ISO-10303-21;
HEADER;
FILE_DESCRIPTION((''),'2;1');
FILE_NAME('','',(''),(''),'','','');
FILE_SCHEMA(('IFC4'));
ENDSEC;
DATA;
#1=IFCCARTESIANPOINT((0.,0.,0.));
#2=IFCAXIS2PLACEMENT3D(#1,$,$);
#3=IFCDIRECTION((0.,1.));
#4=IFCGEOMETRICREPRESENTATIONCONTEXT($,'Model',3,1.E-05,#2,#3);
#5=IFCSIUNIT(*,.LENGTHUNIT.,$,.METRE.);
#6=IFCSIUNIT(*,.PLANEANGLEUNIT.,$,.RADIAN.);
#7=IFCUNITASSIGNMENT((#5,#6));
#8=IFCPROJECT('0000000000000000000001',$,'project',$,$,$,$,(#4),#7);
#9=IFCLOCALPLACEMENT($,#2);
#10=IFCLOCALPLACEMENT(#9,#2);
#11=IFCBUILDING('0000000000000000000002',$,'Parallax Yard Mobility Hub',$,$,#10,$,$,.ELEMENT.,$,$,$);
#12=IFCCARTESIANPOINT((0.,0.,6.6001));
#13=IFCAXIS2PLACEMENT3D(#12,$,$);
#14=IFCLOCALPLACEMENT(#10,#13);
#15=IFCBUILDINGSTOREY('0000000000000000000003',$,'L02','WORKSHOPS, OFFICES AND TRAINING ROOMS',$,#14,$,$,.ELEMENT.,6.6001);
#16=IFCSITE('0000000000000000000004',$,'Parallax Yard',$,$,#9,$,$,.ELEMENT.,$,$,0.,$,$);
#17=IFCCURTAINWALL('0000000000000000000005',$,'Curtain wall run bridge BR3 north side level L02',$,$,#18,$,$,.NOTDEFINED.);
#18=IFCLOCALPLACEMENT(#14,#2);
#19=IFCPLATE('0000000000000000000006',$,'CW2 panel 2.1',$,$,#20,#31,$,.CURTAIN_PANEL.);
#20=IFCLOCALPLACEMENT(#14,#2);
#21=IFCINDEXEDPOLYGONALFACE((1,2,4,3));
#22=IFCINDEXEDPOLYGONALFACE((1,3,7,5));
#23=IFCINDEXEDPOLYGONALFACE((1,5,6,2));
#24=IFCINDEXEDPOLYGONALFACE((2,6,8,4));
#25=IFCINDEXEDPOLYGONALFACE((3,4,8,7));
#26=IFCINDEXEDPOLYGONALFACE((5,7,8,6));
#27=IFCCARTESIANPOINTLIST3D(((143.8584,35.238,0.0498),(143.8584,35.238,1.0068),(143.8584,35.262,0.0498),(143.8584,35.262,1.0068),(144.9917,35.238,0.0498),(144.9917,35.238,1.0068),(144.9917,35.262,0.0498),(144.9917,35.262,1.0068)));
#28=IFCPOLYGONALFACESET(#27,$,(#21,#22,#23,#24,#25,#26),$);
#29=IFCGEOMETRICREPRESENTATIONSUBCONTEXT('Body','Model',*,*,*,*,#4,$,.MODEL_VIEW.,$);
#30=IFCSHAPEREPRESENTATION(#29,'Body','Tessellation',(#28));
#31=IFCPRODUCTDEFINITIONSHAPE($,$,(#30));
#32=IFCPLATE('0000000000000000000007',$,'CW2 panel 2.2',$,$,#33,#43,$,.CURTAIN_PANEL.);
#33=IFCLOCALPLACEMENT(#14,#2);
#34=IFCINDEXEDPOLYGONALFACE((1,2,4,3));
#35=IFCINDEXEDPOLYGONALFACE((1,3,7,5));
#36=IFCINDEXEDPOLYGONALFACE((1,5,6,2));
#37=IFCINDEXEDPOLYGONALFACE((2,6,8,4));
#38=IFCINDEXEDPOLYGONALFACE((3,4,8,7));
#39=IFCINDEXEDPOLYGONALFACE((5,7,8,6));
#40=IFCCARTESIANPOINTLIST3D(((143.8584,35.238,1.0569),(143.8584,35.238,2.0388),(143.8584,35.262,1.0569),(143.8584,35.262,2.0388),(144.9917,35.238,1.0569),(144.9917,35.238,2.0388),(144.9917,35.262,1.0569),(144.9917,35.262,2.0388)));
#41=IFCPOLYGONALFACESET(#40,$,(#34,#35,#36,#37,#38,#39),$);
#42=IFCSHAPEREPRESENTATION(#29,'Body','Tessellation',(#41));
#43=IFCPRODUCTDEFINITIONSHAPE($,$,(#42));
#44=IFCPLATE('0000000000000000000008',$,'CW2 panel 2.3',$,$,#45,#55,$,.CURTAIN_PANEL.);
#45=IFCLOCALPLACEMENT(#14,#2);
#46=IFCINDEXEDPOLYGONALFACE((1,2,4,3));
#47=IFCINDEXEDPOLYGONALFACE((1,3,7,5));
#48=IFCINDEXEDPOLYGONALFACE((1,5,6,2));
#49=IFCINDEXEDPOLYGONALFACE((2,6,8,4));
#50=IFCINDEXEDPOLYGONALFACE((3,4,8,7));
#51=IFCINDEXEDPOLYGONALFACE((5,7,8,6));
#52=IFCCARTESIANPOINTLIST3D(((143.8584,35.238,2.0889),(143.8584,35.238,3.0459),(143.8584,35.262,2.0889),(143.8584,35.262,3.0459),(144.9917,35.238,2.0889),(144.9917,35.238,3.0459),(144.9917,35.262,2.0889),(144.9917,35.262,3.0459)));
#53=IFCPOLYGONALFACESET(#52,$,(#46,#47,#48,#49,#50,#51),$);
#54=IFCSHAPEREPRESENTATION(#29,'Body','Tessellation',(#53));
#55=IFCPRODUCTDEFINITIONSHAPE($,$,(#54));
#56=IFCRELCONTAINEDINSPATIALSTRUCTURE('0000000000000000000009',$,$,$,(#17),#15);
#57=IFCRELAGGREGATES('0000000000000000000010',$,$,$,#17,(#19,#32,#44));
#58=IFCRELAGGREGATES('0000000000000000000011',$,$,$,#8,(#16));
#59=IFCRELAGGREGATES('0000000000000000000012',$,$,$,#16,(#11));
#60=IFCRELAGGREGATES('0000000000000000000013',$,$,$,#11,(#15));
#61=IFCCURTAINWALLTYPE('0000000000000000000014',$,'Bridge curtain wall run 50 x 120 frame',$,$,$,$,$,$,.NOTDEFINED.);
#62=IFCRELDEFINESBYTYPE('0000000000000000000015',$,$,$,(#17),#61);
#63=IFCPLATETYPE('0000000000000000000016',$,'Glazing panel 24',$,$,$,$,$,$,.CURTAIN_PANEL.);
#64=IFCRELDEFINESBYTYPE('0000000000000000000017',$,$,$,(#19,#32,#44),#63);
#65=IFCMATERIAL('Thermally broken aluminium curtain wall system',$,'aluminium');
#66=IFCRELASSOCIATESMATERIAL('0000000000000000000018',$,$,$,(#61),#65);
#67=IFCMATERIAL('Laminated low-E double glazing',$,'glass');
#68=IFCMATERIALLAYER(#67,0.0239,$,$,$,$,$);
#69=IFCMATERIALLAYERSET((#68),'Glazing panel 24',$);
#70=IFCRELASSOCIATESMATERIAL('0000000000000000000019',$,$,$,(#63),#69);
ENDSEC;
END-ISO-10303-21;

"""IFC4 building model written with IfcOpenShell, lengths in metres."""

from ifc_helpers import new_model, si_unit, direction, frame, origin, origin_2d, place, context, subcontext, project, spatial, rectangle, extrude, material, layer, layer_set, type_object, element, aggregate, save


model = new_model("IFC4")

# Units and contexts
model_context = context("Model", 3, precision=1e-05, world=origin(), true_north=direction((0.0, 1.0)))
body_context = subcontext(model_context, "Body", "Model", "MODEL_VIEW")
ifc_project = project(units=[si_unit("LENGTHUNIT", "METRE"), si_unit("PLANEANGLEUNIT", "RADIAN")], contexts=[model_context])

# Site, building, storey
site_placement = place(None, origin())
site = spatial("IfcSite", under=ifc_project, at=site_placement, Name="Parallax Yard", CompositionType="ELEMENT", RefElevation=0.0)
building_placement = place(site_placement, origin())
building = spatial("IfcBuilding", under=site, at=building_placement, Name="Parallax Yard Mobility Hub", CompositionType="ELEMENT")
storey_placement = place(building_placement, frame((0.0, 0.0, 6.6001)))
storey = spatial("IfcBuildingStorey", under=building, at=storey_placement, Name="L02", Description="WORKSHOPS, OFFICES AND TRAINING ROOMS", CompositionType="ELEMENT", Elevation=6.6001)

# Shared definitions
ifc_material_1 = material(Name="Thermally broken aluminium curtain wall system", Category="aluminium")
curtain_wall_type = type_object("IfcCurtainWallType", Name="Bridge curtain wall run 50 x 120 frame", PredefinedType="NOTDEFINED", material=ifc_material_1)

# Curtain wall
curtain_wall_1_placement = place(storey_placement, origin())
curtain_wall_1 = element("IfcCurtainWall", 1, at=curtain_wall_1_placement, inside=storey, type_object=curtain_wall_type, Name="Curtain wall run bridge BR3 north side level L02", PredefinedType="NOTDEFINED")

# Plates
ifc_material_2 = material(Name="Laminated low-E double glazing", Category="glass")
ifc_layer = layer(ifc_material_2, 0.0239)
ifc_layer_set = layer_set([ifc_layer], Name="Glazing panel 24")
plate_type = type_object("IfcPlateType", Name="Glazing panel 24", PredefinedType="CURTAIN_PANEL", material=ifc_layer_set)
plate_1_placement = place(storey_placement, frame((144.425, 35.25, 0.0498), z_axis=(0.0, 0.0, 1.0), x_axis=(1.0, 0.0, 0.0)))
plate_1 = element("IfcPlate", 2, at=plate_1_placement, type_object=plate_type, Name="CW2 panel 2.1", PredefinedType="CURTAIN_PANEL", context=body_context, shape_type="SweptSolid", body=[
    extrude(rectangle(XDim=1.1333, YDim=0.0239, at=origin_2d()), origin(), (0.0, 0.0, 1.0), 0.957),
])
plate_2_placement = place(storey_placement, frame((144.425, 35.25, 1.0569), z_axis=(0.0, 0.0, 1.0), x_axis=(1.0, 0.0, 0.0)))
plate_2 = element("IfcPlate", 3, at=plate_2_placement, type_object=plate_type, Name="CW2 panel 2.2", PredefinedType="CURTAIN_PANEL", context=body_context, shape_type="SweptSolid", body=[
    extrude(rectangle(XDim=1.1333, YDim=0.0239, at=origin_2d()), origin(), (0.0, 0.0, 1.0), 0.9819),
])
plate_3_placement = place(storey_placement, frame((144.425, 35.25, 2.0889), z_axis=(0.0, 0.0, 1.0), x_axis=(1.0, 0.0, 0.0)))
plate_3 = element("IfcPlate", 4, at=plate_3_placement, type_object=plate_type, Name="CW2 panel 2.3", PredefinedType="CURTAIN_PANEL", context=body_context, shape_type="SweptSolid", body=[
    extrude(rectangle(XDim=1.1333, YDim=0.0239, at=origin_2d()), origin(), (0.0, 0.0, 1.0), 0.957),
])
aggregate(curtain_wall_1, [plate_1, plate_2, plate_3])

save(model, "model.ifc")
